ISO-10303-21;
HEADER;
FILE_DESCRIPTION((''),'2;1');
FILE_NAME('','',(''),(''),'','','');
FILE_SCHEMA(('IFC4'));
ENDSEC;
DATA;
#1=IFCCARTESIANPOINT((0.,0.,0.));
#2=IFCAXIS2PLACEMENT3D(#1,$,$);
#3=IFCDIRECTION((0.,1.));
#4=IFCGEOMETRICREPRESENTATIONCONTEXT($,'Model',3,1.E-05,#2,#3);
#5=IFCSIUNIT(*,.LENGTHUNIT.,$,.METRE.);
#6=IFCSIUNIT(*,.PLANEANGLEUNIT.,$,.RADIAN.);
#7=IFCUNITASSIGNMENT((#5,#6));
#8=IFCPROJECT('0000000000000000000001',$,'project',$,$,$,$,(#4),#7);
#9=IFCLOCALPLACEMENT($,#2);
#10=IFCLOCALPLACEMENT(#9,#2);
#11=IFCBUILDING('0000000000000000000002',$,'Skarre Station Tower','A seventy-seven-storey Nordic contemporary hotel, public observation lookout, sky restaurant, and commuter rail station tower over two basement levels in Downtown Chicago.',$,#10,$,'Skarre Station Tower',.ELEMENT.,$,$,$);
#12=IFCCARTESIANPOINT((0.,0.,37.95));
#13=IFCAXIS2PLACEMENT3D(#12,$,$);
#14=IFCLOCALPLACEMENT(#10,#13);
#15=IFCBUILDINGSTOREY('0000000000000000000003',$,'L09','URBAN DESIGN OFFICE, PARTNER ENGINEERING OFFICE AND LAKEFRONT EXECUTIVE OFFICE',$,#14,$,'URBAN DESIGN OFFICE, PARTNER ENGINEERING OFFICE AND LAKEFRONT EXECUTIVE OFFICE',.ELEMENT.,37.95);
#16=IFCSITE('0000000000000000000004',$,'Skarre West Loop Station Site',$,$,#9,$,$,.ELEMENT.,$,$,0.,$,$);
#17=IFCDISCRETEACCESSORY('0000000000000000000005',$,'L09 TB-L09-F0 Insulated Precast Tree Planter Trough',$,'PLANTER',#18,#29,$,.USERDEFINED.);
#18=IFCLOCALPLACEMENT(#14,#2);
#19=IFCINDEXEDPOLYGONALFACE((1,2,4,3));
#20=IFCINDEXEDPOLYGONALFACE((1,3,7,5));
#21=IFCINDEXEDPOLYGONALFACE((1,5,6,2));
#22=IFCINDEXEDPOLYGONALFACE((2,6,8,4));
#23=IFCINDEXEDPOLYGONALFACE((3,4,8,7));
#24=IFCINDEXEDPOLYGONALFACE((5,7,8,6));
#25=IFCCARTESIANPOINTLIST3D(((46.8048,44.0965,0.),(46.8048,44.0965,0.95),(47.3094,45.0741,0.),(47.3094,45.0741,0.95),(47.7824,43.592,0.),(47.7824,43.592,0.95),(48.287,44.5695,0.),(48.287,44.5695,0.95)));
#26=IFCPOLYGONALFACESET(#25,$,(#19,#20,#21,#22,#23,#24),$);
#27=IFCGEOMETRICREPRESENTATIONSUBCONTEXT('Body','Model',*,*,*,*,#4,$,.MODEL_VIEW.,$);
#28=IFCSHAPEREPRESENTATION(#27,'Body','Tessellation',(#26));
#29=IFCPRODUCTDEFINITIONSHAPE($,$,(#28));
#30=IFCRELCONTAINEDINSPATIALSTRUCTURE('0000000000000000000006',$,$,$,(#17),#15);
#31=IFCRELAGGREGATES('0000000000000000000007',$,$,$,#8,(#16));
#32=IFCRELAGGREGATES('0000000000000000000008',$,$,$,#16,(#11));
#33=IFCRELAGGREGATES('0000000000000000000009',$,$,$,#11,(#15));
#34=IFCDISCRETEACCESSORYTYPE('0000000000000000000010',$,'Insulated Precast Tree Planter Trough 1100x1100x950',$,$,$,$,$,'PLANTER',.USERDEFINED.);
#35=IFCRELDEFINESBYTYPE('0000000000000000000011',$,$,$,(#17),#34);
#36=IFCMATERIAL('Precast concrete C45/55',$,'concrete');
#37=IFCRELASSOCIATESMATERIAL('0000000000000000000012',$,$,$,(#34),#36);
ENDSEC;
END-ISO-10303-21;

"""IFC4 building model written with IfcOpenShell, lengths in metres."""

from ifc_helpers import new_model, si_unit, direction, frame, origin, origin_2d, place, context, subcontext, project, spatial, rectangle, extrude, material, type_object, element, save


model = new_model("IFC4")

# Units and contexts
model_context = context("Model", 3, precision=1e-05, world=origin(), true_north=direction((0.0, 1.0)))
body_context = subcontext(model_context, "Body", "Model", "MODEL_VIEW")
ifc_project = project(units=[si_unit("LENGTHUNIT", "METRE"), si_unit("PLANEANGLEUNIT", "RADIAN")], contexts=[model_context])

# Site, building, storey
site_placement = place(None, origin())
site = spatial("IfcSite", under=ifc_project, at=site_placement, Name="Skarre West Loop Station Site", CompositionType="ELEMENT", RefElevation=0.0)
building_placement = place(site_placement, origin())
building = spatial("IfcBuilding", under=site, at=building_placement, Name="Skarre Station Tower", Description="A seventy-seven-storey Nordic contemporary hotel, public observation lookout, sky restaurant, and commuter rail station tower over two basement levels in Downtown Chicago.", LongName="Skarre Station Tower", CompositionType="ELEMENT")
storey_placement = place(building_placement, frame((0.0, 0.0, 37.95)))
storey = spatial("IfcBuildingStorey", under=building, at=storey_placement, Name="L09", Description="URBAN DESIGN OFFICE, PARTNER ENGINEERING OFFICE AND LAKEFRONT EXECUTIVE OFFICE", LongName="URBAN DESIGN OFFICE, PARTNER ENGINEERING OFFICE AND LAKEFRONT EXECUTIVE OFFICE", CompositionType="ELEMENT", Elevation=37.95)

# Shared definitions
ifc_material_1 = material(Name="Precast concrete C45/55", Category="concrete")

# Discrete accessory
discrete_accessory_type = type_object("IfcDiscreteAccessoryType", Name="Insulated Precast Tree Planter Trough 1100x1100x950", ElementType="PLANTER", PredefinedType="USERDEFINED", material=ifc_material_1)
discrete_accessory_placement = place(storey_placement, frame((47.5459, 44.333, 0.0), z_axis=(0.0, 0.0, 1.0), x_axis=(0.458619, 0.888633, 0.0)))
element("IfcDiscreteAccessory", 1, at=discrete_accessory_placement, inside=storey, type_object=discrete_accessory_type, Name="L09 TB-L09-F0 Insulated Precast Tree Planter Trough", ObjectType="PLANTER", PredefinedType="USERDEFINED", context=body_context, shape_type="SweptSolid", body=[
    extrude(rectangle(XDim=1.1001, YDim=1.1001, at=origin_2d()), origin(), (0.0, 0.0, 1.0), 0.95),
])

save(model, "model.ifc")
